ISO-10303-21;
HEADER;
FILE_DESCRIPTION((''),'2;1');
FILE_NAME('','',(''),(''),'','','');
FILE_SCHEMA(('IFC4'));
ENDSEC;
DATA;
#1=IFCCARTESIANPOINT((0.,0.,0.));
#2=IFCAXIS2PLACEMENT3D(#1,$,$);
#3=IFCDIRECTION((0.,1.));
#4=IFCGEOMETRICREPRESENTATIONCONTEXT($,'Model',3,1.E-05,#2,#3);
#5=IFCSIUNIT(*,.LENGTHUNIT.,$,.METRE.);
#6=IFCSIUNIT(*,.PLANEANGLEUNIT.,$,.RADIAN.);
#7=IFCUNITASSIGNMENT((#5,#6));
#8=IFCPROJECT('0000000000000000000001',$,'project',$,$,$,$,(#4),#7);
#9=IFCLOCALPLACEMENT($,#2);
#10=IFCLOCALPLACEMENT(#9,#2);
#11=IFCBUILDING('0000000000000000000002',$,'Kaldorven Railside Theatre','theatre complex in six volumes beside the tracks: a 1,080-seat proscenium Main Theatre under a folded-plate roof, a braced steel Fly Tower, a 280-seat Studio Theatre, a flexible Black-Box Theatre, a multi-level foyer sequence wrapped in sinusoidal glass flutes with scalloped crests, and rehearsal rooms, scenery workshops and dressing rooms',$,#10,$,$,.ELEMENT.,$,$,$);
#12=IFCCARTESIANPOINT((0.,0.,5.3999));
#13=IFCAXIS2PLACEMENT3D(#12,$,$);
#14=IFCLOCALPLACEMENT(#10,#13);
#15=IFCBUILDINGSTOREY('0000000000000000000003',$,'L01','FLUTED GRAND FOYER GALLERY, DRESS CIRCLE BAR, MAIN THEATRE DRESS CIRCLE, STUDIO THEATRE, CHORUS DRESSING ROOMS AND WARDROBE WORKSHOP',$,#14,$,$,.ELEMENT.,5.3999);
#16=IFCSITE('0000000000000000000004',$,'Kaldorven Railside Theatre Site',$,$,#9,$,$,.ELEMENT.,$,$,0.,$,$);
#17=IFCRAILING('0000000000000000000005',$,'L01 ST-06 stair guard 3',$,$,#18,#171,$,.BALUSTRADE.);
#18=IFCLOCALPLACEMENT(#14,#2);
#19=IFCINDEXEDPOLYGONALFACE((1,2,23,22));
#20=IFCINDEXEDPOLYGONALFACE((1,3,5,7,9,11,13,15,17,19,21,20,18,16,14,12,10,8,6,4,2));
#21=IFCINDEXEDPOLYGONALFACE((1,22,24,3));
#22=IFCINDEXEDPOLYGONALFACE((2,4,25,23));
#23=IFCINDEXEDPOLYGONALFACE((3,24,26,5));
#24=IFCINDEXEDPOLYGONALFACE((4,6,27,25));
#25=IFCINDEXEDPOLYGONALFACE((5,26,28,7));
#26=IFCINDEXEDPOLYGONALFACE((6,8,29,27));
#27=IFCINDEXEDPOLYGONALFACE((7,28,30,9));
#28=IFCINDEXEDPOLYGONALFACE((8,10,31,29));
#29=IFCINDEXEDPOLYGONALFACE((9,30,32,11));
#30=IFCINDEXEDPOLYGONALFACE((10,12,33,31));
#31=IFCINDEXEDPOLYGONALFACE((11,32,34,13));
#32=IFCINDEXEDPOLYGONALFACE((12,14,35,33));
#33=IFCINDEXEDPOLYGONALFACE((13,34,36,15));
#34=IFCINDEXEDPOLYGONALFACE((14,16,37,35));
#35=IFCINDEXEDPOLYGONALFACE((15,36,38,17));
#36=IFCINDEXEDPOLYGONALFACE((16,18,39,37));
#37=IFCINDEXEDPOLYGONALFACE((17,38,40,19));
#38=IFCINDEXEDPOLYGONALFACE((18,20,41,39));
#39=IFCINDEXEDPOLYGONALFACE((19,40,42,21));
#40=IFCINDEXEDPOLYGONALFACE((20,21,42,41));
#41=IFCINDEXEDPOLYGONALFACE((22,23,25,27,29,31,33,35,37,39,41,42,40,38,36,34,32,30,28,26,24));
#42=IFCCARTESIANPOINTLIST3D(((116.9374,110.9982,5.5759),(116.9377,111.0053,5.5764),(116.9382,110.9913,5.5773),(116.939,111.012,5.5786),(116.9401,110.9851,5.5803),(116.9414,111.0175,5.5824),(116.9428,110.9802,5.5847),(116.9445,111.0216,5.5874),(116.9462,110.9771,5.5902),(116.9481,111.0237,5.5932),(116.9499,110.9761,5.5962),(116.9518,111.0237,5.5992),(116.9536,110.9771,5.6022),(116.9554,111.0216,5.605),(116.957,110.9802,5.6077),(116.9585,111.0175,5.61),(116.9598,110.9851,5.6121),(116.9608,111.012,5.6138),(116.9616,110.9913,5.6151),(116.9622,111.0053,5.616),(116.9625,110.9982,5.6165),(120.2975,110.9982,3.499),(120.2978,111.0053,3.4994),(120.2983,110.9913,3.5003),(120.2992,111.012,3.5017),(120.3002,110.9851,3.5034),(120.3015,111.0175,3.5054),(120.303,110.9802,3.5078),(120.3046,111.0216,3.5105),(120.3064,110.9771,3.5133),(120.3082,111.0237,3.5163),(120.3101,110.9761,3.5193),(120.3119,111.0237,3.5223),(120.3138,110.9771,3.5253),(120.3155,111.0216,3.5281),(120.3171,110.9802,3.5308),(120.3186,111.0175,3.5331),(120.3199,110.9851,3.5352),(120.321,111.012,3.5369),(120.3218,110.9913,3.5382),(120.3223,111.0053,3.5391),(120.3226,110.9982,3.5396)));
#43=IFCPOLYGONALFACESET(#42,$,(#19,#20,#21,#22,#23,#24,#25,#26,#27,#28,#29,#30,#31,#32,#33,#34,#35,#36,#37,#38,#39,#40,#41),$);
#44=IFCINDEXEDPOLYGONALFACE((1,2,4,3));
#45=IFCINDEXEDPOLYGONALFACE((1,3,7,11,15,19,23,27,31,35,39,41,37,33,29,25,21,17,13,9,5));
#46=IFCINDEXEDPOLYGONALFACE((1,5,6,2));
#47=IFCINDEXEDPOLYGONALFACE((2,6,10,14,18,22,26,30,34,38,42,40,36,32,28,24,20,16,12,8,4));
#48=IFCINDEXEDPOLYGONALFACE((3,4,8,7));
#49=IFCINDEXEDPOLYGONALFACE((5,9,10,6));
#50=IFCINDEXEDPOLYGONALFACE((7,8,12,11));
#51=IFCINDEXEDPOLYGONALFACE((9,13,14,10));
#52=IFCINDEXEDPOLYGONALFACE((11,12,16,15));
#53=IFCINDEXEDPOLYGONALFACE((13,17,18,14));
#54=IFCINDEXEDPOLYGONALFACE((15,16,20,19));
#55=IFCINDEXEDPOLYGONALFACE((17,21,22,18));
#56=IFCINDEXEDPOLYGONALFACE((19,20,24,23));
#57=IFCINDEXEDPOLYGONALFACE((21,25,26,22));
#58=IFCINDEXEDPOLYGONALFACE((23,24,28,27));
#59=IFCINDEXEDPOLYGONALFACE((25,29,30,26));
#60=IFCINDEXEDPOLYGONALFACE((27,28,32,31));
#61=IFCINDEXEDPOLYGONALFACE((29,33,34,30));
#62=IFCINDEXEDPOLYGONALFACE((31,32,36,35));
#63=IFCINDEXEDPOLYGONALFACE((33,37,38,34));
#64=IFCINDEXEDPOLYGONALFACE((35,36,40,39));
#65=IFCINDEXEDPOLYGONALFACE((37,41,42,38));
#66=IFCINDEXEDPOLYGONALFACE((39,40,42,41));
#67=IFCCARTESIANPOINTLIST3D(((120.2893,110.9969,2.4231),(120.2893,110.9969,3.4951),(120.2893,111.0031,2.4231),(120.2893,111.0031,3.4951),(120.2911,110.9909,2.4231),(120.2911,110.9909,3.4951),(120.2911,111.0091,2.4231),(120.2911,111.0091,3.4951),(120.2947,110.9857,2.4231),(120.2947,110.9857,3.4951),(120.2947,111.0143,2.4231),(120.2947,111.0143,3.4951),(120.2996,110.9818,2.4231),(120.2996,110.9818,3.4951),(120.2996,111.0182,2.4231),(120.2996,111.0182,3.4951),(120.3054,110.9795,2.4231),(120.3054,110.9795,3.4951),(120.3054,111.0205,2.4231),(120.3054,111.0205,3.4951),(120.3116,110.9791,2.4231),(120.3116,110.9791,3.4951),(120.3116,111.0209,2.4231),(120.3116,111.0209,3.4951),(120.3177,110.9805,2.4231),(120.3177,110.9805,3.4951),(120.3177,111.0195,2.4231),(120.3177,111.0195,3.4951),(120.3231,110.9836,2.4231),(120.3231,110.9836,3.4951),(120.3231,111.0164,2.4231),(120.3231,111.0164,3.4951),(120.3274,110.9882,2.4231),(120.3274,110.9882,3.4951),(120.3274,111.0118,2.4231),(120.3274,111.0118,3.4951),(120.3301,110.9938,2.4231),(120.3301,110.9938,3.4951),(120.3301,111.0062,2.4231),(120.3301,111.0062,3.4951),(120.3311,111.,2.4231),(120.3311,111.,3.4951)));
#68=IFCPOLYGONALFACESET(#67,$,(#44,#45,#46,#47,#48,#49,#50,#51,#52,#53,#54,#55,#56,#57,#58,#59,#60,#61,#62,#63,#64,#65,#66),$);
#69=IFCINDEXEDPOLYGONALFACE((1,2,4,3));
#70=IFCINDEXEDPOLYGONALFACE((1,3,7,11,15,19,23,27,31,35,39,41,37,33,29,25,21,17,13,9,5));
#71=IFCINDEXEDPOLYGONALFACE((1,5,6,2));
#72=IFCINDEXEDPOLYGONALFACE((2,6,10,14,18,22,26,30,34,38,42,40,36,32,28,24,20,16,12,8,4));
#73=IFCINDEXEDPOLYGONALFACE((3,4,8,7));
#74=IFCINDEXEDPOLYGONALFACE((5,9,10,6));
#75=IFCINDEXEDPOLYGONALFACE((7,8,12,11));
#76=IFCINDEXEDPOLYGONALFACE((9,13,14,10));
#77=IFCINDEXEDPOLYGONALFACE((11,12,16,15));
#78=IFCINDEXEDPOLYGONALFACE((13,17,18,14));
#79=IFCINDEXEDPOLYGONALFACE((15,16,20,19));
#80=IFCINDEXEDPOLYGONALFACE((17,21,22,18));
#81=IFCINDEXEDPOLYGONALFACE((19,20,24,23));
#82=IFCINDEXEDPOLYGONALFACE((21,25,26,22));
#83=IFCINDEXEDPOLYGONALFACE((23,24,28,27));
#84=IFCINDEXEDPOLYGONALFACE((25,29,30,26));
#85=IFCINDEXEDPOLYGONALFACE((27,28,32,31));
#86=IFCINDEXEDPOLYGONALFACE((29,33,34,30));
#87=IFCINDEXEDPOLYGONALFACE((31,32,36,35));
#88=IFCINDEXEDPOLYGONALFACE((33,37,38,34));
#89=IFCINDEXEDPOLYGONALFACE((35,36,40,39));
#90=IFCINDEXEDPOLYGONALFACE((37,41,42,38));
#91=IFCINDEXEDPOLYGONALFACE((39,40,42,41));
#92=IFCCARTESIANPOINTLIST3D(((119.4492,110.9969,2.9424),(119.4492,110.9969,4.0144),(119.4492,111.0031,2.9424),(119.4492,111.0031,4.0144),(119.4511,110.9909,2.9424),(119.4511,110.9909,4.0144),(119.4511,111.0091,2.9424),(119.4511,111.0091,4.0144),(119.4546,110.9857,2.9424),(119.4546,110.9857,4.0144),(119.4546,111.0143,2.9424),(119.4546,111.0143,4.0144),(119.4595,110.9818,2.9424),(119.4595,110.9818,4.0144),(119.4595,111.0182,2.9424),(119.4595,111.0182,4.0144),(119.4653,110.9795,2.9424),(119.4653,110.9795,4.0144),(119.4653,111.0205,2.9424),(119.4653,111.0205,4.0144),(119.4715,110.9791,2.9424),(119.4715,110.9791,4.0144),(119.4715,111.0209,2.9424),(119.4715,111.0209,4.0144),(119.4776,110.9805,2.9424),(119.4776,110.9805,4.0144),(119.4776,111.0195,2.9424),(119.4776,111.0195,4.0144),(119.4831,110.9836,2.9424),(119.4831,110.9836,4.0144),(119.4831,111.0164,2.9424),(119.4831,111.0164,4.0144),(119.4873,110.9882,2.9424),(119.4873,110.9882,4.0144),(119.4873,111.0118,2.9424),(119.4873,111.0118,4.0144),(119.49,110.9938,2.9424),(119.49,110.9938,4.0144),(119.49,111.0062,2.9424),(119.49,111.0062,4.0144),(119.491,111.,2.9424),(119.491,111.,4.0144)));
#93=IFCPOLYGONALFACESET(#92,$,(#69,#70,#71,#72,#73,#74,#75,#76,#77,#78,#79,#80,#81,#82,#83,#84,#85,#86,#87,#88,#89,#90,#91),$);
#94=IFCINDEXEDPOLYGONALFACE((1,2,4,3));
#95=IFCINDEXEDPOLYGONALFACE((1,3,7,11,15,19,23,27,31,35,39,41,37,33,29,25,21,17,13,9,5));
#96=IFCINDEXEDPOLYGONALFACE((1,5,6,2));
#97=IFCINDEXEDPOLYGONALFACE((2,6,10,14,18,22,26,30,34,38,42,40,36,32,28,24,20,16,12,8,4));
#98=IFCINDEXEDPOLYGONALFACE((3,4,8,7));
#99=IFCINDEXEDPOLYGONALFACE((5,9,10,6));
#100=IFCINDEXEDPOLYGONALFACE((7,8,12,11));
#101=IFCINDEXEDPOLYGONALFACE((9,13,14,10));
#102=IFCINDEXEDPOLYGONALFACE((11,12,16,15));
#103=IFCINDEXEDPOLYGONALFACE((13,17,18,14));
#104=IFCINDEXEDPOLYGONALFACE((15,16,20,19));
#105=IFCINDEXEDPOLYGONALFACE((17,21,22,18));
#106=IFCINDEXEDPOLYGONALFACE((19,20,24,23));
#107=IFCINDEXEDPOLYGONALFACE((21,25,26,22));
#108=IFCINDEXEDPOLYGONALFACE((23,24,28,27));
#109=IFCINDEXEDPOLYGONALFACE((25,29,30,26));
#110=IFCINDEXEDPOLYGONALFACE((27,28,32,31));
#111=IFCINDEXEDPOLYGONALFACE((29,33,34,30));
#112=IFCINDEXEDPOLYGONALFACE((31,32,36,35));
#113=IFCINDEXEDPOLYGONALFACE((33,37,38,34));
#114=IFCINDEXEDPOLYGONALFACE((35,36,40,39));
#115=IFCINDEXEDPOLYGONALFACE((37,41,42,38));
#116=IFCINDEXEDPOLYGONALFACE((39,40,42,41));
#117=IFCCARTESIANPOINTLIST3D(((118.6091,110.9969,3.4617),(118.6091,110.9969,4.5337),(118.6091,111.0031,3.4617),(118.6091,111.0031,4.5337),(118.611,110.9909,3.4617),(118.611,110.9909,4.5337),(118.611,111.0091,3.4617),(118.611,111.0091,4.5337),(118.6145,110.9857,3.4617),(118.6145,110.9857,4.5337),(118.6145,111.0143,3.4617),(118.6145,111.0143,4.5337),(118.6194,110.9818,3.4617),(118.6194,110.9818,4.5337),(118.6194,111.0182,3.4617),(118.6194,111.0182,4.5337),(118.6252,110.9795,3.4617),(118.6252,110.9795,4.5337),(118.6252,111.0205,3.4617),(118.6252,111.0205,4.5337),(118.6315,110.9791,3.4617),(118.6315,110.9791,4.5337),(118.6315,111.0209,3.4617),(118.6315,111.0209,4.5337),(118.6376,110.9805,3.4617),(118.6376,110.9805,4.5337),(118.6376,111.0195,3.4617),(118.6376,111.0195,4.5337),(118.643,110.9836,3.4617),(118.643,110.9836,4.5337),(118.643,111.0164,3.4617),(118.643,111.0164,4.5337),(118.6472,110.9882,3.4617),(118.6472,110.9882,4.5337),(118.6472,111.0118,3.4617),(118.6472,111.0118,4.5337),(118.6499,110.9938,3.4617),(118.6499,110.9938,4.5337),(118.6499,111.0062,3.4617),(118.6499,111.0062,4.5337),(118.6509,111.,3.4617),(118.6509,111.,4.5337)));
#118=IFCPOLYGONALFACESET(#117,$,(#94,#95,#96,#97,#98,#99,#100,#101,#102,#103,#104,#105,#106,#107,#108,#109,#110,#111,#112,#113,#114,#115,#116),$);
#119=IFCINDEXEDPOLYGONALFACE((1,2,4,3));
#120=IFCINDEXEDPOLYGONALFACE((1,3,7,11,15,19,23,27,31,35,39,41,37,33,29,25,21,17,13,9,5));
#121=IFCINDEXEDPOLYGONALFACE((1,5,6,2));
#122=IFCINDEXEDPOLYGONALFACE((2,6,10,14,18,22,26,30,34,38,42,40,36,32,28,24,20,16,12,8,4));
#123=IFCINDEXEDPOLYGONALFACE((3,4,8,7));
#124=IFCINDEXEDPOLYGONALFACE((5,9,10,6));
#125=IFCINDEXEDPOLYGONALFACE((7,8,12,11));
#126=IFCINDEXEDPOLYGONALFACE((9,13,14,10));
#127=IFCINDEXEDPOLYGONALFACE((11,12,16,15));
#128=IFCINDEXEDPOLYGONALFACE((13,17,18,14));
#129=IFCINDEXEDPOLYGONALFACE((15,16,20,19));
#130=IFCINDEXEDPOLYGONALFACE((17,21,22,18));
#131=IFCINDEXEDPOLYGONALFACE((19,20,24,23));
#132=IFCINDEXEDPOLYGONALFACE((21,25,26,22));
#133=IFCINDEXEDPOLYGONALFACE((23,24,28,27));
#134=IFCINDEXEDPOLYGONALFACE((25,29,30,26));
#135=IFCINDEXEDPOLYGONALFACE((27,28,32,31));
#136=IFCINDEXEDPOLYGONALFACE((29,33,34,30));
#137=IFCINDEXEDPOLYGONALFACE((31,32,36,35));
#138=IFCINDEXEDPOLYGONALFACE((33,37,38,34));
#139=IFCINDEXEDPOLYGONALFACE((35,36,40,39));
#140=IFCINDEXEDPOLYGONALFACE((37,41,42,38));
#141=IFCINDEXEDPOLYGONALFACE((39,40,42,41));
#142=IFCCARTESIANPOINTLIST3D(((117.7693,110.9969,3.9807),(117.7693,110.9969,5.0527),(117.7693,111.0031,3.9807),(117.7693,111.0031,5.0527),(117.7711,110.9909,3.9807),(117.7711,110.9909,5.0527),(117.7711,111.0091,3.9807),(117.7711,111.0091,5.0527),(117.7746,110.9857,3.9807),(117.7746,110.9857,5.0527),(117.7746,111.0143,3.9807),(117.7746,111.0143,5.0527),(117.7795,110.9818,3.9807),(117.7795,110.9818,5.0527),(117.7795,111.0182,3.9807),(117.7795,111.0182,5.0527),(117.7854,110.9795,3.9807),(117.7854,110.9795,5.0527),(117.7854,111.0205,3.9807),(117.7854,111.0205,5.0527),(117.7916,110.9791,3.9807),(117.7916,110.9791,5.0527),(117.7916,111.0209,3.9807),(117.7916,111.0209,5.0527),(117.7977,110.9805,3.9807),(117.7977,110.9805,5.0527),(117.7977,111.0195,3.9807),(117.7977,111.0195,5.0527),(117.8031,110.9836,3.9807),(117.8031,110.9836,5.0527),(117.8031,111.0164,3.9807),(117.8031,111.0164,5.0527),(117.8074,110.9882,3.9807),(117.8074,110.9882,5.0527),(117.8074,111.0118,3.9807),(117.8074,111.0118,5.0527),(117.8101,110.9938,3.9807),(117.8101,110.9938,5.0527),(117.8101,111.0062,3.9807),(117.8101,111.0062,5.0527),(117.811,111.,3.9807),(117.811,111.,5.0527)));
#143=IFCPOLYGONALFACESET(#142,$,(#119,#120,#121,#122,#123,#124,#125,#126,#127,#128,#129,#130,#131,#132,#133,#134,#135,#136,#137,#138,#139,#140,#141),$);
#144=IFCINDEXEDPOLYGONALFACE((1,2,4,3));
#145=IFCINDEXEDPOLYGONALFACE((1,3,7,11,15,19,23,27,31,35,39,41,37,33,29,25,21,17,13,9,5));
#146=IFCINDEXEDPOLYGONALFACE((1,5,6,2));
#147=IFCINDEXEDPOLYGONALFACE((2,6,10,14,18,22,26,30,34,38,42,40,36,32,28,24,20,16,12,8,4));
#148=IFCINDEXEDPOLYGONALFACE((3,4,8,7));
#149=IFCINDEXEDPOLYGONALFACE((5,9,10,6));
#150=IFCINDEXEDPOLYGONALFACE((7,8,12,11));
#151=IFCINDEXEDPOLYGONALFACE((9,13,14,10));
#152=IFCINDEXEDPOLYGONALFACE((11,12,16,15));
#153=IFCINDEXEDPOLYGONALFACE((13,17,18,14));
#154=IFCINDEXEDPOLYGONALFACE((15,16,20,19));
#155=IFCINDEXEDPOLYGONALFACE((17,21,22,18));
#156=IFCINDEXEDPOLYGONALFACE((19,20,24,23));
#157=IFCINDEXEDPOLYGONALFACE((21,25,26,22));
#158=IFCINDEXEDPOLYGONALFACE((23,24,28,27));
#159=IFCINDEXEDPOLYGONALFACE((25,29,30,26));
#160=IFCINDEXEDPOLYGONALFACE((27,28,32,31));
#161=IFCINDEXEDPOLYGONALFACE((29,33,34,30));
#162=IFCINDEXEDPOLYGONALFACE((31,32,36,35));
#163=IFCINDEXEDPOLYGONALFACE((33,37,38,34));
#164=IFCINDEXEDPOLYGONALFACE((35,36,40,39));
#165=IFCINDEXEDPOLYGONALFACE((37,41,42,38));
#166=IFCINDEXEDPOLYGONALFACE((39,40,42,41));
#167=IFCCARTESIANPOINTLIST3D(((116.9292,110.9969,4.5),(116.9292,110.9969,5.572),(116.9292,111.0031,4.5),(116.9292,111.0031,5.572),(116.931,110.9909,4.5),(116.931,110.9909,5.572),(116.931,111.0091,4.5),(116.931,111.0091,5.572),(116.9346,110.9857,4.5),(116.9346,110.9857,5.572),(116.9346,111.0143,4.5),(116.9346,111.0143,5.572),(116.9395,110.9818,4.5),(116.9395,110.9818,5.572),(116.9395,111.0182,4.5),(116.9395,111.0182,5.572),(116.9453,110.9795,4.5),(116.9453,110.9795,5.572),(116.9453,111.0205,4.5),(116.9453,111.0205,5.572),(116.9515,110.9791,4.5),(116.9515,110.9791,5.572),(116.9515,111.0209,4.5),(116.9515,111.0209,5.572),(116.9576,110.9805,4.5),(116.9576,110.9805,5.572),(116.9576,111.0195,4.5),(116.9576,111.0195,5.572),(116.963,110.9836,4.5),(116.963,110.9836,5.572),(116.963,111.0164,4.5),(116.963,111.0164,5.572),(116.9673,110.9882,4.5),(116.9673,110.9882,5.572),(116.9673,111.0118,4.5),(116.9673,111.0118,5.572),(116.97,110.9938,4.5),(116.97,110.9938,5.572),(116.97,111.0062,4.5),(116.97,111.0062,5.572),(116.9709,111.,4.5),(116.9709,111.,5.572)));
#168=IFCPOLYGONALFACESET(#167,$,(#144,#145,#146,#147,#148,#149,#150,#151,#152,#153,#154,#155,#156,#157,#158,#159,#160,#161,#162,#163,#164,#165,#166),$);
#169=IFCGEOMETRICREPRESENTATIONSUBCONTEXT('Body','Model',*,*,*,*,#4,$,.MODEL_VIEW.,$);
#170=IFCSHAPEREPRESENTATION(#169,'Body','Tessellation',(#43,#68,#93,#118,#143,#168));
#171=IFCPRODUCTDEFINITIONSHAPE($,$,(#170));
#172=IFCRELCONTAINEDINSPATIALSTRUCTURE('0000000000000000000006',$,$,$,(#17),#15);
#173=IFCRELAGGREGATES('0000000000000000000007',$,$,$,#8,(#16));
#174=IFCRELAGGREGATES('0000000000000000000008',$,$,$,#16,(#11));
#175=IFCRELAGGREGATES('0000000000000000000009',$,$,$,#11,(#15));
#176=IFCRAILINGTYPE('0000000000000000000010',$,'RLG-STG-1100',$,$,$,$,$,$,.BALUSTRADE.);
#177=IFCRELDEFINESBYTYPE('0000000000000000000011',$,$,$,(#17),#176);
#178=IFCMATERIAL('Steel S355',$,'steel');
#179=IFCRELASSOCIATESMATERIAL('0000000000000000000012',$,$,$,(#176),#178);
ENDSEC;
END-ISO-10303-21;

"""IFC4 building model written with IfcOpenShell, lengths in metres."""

from ifc_helpers import new_model, si_unit, direction, frame, origin, origin_2d, place, context, subcontext, project, spatial, circle, extrude, material, type_object, element, save


model = new_model("IFC4")

# Units and contexts
model_context = context("Model", 3, precision=1e-05, world=origin(), true_north=direction((0.0, 1.0)))
body_context = subcontext(model_context, "Body", "Model", "MODEL_VIEW")
ifc_project = project(units=[si_unit("LENGTHUNIT", "METRE"), si_unit("PLANEANGLEUNIT", "RADIAN")], contexts=[model_context])

# Site, building, storey
site_placement = place(None, origin())
site = spatial("IfcSite", under=ifc_project, at=site_placement, Name="Kaldorven Railside Theatre Site", CompositionType="ELEMENT", RefElevation=0.0)
building_placement = place(site_placement, origin())
building = spatial("IfcBuilding", under=site, at=building_placement, Name="Kaldorven Railside Theatre", Description="theatre complex in six volumes beside the tracks: a 1,080-seat proscenium Main Theatre under a folded-plate roof, a braced steel Fly Tower, a 280-seat Studio Theatre, a flexible Black-Box Theatre, a multi-level foyer sequence wrapped in sinusoidal glass flutes with scalloped crests, and rehearsal rooms, scenery workshops and dressing rooms", CompositionType="ELEMENT")
storey_placement = place(building_placement, frame((0.0, 0.0, 5.3999)))
storey = spatial("IfcBuildingStorey", under=building, at=storey_placement, Name="L01", Description="FLUTED GRAND FOYER GALLERY, DRESS CIRCLE BAR, MAIN THEATRE DRESS CIRCLE, STUDIO THEATRE, CHORUS DRESSING ROOMS AND WARDROBE WORKSHOP", CompositionType="ELEMENT", Elevation=5.3999)

# Shared definitions
ifc_material_1 = material(Name="Steel S355", Category="steel")

# Railing
railing_type_1 = type_object("IfcRailingType", Name="RLG-STG-1100", PredefinedType="BALUSTRADE", material=ifc_material_1)
railing_1_placement = place(storey_placement, frame((120.3101, 111.0, 2.4231)))
element("IfcRailing", 1, at=railing_1_placement, inside=storey, type_object=railing_type_1, Name="L01 ST-06 stair guard 3", PredefinedType="BALUSTRADE", context=body_context, shape_type="SweptSolid", body=[
    extrude(circle(Radius=0.0239, at=origin_2d()), frame((0.0, 0.0, 1.0962), z_axis=(-0.850623, 0.0, 0.525776), x_axis=(0.0, -1.0, 0.0)), (0.0, 0.0, 1.0), 3.9502),
    extrude(circle(Radius=0.021, at=origin_2d()), origin(), (0.0, 0.0, 1.0), 1.072),
    extrude(circle(Radius=0.021, at=origin_2d()), frame((-0.8401, 0.0, 0.5193)), (0.0, 0.0, 1.0), 1.072),
    extrude(circle(Radius=0.021, at=origin_2d()), frame((-1.6802, 0.0, 1.0386)), (0.0, 0.0, 1.0), 1.072),
    extrude(circle(Radius=0.021, at=origin_2d()), frame((-2.52, 0.0, 1.5576)), (0.0, 0.0, 1.0), 1.072),
    extrude(circle(Radius=0.021, at=origin_2d()), frame((-3.3601, 0.0, 2.0769)), (0.0, 0.0, 1.0), 1.072),
])

save(model, "model.ifc")
